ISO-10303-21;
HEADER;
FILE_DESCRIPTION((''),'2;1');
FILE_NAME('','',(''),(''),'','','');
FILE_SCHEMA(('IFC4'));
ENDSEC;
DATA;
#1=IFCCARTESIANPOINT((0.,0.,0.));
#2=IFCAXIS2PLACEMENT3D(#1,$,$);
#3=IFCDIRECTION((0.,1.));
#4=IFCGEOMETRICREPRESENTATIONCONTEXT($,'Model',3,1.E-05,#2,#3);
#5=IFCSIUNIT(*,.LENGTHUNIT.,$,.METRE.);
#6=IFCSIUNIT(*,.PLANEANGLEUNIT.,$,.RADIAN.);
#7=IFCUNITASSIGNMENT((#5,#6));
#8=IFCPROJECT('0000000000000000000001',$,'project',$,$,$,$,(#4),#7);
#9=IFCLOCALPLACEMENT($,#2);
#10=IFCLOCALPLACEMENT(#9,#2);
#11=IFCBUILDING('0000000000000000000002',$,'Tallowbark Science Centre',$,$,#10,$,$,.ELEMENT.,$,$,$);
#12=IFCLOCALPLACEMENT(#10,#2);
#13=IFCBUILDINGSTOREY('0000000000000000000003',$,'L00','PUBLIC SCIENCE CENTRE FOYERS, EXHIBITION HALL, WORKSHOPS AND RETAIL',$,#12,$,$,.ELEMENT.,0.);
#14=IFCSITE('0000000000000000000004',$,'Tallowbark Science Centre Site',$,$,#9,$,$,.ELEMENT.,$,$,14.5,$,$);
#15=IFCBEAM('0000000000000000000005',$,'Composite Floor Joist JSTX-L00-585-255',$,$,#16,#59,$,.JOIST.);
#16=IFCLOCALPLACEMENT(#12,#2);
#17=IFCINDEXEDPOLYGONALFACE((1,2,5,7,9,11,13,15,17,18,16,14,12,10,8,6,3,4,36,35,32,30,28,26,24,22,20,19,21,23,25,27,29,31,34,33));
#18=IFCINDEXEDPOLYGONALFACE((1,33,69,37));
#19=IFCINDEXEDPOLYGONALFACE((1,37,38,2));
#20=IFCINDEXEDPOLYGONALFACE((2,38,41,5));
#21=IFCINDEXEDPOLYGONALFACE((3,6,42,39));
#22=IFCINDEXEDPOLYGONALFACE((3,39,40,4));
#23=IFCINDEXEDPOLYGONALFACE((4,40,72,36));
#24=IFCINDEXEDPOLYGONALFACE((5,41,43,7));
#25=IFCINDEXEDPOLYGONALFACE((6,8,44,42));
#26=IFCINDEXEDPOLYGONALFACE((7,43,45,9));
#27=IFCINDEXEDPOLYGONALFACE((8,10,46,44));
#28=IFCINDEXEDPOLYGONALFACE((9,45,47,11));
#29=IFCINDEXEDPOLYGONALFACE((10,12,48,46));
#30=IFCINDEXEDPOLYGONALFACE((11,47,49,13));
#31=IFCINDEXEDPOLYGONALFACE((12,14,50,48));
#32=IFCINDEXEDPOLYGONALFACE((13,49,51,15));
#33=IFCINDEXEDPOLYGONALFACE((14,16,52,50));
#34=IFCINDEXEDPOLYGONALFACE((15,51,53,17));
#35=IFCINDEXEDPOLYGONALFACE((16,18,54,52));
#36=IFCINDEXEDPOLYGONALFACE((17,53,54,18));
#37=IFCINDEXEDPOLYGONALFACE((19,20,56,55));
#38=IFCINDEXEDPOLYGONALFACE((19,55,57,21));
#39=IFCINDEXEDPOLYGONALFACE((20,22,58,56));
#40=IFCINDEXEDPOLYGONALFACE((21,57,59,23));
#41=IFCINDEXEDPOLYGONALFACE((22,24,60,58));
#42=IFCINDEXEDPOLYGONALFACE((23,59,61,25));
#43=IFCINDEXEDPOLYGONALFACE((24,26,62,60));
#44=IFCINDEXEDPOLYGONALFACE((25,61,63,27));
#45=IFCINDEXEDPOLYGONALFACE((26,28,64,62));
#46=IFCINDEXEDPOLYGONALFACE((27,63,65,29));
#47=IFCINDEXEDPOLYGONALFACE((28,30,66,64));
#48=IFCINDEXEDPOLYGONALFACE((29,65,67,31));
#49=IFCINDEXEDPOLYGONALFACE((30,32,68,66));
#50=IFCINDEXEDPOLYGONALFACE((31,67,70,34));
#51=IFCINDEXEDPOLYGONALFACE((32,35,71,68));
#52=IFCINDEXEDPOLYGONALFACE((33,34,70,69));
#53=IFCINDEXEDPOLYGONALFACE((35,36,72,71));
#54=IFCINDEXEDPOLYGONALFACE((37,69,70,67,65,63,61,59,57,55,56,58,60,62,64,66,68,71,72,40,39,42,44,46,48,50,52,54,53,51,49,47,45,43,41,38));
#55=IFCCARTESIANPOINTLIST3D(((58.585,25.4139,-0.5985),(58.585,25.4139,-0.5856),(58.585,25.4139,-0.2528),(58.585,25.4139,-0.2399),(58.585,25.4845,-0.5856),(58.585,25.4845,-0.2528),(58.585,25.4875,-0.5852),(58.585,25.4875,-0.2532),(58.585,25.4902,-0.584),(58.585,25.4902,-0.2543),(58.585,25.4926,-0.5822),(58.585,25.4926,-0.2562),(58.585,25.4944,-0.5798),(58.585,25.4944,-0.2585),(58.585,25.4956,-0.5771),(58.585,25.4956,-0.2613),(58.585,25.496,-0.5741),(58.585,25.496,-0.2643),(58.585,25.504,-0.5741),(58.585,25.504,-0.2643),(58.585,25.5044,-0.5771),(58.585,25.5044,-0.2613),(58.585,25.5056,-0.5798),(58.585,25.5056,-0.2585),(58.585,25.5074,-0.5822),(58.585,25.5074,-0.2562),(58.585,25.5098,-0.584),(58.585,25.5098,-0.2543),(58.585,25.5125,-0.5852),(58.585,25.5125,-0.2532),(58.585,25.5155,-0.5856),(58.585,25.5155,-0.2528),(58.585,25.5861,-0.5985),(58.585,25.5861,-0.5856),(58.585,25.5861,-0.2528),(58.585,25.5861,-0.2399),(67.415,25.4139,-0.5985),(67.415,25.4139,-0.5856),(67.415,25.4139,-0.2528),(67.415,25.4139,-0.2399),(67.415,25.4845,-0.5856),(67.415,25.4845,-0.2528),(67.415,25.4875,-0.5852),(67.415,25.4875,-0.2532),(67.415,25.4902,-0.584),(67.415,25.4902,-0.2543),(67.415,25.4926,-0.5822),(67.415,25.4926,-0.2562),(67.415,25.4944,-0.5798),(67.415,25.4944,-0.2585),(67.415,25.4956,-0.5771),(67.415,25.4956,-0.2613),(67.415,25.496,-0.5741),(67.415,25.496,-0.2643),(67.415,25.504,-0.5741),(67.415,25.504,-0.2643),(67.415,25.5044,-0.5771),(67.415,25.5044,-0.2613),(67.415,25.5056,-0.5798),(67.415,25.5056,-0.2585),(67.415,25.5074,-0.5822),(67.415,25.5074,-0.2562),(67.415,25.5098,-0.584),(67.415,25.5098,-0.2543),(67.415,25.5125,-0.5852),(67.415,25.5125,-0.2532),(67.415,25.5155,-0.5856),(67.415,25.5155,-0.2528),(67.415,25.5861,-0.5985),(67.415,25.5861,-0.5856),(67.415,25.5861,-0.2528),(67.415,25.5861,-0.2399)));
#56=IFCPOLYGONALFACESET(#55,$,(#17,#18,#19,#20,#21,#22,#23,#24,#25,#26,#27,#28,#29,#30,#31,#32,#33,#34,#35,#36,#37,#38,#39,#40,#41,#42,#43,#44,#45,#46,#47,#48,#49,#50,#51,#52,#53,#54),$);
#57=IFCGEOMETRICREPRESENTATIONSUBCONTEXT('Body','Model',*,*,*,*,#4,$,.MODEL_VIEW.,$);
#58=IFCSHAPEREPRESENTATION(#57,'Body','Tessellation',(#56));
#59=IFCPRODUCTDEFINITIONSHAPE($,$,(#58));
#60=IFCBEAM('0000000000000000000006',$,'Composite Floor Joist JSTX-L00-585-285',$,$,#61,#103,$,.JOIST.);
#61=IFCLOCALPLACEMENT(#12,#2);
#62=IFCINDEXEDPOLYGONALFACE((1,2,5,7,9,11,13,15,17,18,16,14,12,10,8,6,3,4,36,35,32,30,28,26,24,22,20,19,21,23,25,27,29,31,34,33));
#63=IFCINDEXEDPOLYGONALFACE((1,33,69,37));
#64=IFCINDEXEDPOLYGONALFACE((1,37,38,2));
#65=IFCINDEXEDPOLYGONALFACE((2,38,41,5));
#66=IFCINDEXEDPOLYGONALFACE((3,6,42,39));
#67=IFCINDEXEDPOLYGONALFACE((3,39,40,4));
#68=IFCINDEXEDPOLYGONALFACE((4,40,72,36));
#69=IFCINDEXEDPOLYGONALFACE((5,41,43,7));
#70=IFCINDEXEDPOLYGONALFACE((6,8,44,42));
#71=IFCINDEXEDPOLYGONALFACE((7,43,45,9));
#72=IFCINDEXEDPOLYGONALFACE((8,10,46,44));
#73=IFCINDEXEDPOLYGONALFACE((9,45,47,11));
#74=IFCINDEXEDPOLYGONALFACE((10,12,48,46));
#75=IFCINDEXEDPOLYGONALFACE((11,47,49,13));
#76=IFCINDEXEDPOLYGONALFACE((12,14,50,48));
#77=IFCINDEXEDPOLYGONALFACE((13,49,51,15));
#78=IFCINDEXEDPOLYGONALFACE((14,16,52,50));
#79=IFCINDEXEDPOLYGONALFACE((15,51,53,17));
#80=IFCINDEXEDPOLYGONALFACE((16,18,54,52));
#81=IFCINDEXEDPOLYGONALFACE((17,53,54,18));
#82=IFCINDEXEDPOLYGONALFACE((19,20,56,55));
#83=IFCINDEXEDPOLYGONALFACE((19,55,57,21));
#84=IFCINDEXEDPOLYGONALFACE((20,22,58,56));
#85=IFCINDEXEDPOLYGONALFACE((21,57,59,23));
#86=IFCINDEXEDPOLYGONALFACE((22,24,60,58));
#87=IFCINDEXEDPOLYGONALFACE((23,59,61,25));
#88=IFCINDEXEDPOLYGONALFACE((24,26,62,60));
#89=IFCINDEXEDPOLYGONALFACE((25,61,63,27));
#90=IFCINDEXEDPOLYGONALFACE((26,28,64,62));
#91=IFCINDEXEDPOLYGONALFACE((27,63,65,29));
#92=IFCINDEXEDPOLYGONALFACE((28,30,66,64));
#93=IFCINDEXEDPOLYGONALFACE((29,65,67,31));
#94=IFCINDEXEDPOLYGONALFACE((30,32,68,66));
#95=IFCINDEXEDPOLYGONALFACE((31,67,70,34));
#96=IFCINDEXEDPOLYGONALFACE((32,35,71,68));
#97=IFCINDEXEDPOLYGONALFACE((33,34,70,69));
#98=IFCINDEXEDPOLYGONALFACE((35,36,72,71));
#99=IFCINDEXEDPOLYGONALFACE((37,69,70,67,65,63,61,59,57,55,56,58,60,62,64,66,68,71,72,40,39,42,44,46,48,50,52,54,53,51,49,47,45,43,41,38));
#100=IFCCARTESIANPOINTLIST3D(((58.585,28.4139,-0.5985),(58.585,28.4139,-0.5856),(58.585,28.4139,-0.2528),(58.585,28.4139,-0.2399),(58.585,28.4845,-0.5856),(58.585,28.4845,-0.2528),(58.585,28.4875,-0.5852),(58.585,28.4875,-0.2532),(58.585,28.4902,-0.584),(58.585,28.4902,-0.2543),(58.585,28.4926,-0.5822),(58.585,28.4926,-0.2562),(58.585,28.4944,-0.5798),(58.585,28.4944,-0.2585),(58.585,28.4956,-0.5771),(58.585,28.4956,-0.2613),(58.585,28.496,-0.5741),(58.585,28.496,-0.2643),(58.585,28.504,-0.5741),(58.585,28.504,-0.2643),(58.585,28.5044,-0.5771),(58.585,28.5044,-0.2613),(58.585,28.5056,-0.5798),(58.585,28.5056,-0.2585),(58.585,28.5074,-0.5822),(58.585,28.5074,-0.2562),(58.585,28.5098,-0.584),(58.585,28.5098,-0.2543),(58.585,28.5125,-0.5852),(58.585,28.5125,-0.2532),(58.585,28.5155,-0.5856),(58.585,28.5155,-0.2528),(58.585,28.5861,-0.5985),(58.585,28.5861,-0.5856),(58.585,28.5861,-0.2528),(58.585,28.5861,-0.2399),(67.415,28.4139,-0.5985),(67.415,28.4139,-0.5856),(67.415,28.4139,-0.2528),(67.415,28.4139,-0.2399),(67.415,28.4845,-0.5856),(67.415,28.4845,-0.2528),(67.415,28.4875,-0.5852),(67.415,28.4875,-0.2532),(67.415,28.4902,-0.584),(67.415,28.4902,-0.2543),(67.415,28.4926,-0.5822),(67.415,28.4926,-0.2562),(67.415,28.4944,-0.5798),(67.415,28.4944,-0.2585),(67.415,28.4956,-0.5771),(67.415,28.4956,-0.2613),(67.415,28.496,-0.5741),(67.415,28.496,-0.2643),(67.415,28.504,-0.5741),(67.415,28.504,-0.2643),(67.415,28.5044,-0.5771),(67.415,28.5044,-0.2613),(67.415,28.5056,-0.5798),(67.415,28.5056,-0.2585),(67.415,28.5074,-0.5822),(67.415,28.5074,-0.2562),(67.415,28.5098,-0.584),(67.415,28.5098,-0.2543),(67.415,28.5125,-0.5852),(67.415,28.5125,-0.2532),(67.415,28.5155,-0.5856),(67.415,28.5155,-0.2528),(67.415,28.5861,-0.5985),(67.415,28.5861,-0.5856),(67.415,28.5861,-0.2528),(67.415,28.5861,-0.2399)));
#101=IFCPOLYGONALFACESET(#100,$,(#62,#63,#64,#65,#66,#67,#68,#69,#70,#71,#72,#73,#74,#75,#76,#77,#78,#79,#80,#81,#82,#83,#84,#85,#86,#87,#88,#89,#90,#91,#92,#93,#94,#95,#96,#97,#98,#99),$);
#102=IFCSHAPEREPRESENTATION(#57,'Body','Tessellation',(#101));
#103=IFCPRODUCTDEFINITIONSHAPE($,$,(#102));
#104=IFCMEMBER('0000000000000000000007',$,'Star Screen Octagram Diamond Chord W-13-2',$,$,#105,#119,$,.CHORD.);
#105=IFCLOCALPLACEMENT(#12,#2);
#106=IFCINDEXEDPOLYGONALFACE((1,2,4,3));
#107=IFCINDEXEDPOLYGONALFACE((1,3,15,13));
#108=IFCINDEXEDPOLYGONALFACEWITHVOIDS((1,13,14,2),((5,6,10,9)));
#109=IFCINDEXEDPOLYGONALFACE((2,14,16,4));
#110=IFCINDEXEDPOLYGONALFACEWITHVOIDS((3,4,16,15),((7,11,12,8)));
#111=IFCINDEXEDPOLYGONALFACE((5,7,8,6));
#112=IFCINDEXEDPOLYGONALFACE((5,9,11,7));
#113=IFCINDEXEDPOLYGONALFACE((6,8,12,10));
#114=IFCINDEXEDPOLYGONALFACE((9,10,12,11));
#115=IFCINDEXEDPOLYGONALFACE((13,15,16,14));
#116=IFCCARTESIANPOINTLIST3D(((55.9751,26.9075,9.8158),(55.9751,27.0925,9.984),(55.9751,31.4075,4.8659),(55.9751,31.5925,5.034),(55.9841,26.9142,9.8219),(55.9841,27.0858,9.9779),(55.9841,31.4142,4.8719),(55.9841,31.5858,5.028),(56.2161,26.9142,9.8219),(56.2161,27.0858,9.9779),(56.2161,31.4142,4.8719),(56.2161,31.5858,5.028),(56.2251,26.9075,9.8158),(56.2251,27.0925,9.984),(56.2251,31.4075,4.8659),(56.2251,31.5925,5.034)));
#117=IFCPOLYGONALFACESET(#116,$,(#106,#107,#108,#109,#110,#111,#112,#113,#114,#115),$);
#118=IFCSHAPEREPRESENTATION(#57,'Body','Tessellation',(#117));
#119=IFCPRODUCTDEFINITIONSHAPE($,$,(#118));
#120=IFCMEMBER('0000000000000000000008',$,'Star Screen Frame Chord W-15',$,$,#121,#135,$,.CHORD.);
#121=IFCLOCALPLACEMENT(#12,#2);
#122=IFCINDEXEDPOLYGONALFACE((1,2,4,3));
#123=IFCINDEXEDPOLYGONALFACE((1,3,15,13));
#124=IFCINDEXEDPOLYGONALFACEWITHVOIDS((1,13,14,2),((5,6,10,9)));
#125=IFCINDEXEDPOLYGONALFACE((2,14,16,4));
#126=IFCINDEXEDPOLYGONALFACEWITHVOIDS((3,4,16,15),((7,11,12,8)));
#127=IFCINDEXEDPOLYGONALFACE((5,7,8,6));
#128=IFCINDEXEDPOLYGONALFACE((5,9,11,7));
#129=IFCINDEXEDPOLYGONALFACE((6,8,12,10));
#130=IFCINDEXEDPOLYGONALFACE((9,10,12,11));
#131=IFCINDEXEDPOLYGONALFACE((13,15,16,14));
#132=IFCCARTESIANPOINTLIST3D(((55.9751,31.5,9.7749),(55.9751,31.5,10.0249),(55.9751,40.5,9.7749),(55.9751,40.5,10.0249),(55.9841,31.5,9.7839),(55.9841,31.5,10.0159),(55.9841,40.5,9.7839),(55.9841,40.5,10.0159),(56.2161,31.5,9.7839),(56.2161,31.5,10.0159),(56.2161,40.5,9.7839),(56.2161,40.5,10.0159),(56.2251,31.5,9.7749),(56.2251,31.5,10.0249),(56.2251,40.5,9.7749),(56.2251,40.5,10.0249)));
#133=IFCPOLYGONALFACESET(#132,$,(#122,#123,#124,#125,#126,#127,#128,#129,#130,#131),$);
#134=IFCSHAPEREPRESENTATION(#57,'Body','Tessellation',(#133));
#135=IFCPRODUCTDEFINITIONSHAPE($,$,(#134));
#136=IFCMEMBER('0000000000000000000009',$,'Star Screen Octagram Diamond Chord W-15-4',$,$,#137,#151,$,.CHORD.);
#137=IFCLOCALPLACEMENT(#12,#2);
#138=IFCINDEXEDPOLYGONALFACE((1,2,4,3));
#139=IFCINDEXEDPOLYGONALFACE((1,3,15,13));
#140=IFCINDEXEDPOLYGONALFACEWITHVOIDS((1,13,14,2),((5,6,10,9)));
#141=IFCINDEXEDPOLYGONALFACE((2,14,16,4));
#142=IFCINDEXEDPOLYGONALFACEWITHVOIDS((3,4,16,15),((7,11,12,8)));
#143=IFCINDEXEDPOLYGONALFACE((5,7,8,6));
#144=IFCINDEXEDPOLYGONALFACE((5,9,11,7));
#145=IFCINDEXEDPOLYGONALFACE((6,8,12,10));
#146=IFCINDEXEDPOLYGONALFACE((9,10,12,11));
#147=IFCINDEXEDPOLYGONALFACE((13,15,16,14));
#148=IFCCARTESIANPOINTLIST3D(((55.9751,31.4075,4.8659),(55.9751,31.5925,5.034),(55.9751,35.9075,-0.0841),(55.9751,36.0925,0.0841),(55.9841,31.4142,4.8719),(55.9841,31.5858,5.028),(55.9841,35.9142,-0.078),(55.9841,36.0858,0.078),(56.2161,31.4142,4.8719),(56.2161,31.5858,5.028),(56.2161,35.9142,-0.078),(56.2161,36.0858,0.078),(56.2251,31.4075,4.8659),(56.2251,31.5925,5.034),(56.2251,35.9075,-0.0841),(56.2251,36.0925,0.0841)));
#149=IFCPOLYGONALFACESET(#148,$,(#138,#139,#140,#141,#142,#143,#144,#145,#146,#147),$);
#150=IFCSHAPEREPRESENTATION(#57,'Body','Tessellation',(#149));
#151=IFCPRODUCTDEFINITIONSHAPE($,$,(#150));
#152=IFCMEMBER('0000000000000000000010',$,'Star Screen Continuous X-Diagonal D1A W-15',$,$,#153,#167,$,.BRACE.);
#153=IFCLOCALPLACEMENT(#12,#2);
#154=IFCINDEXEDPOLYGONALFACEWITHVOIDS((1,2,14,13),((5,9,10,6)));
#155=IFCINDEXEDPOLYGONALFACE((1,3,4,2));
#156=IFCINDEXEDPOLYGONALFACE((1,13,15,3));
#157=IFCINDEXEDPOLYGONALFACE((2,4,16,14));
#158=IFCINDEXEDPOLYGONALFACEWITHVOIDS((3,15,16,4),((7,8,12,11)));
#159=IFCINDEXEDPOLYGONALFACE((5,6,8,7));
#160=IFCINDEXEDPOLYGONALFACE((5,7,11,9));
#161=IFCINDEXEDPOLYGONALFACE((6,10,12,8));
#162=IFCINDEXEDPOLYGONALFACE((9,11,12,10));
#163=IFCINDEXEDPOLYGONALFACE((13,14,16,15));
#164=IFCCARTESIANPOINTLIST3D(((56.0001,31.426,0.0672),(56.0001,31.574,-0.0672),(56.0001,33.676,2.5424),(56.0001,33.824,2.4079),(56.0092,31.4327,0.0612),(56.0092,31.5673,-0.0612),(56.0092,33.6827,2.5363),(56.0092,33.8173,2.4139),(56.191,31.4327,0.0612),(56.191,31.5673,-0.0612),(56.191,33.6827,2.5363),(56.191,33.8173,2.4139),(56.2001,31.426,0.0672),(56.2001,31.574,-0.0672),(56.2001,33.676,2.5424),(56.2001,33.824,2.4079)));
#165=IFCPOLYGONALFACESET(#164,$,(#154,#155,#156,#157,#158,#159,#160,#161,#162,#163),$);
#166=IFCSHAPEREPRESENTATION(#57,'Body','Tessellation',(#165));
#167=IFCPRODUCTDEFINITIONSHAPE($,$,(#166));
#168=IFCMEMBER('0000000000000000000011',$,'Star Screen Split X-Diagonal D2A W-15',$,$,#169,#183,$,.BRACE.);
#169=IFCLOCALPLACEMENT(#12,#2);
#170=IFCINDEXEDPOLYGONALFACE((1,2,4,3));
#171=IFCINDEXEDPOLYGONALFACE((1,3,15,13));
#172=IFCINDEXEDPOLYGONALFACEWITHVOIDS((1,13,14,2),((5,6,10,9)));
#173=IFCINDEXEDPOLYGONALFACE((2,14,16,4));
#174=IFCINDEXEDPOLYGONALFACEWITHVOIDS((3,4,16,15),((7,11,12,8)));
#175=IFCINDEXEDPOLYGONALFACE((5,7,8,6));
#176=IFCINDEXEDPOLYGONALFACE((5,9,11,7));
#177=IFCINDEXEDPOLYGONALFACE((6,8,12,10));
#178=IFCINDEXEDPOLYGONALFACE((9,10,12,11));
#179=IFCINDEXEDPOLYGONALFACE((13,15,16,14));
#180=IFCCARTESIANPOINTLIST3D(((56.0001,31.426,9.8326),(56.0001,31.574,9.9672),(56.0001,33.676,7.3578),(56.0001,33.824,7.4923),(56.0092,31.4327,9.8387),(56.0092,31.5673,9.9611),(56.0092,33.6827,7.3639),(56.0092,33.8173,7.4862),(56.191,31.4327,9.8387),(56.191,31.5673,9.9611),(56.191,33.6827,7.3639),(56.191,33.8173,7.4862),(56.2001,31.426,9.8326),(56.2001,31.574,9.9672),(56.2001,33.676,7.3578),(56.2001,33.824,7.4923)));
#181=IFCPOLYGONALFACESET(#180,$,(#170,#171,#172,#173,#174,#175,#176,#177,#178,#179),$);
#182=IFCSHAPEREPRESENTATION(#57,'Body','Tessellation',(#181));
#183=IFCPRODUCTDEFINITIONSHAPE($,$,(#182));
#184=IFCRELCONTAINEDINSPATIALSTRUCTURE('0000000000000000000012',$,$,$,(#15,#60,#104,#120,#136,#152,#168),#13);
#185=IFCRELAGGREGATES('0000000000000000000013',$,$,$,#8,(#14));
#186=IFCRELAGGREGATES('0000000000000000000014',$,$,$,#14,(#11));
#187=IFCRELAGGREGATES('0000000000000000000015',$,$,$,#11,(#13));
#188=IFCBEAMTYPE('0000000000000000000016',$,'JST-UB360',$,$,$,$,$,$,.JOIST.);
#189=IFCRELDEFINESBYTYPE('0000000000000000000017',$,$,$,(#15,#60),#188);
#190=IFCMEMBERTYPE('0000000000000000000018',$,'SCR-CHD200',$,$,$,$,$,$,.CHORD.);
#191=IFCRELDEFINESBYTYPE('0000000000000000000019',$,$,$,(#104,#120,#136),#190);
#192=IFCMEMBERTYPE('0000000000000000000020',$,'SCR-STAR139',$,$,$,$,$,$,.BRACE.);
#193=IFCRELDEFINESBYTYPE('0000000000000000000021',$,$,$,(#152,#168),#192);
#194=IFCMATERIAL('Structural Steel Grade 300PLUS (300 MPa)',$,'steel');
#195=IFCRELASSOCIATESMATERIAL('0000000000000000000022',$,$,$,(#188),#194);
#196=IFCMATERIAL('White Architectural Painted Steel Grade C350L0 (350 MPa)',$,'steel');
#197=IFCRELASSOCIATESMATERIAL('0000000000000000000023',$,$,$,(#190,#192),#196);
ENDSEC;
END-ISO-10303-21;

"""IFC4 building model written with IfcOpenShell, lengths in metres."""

from ifc_helpers import new_model, si_unit, direction, frame, origin, origin_2d, place, context, subcontext, project, spatial, hollow_rectangle, i_section, extrude, material, material_profile, profile_set, type_object, element, save


model = new_model("IFC4")

# Units and contexts
model_context = context("Model", 3, precision=1e-05, world=origin(), true_north=direction((0.0, 1.0)))
body_context = subcontext(model_context, "Body", "Model", "MODEL_VIEW")
ifc_project = project(units=[si_unit("LENGTHUNIT", "METRE"), si_unit("PLANEANGLEUNIT", "RADIAN")], contexts=[model_context])

# Site, building, storey
site_placement = place(None, origin())
site = spatial("IfcSite", under=ifc_project, at=site_placement, Name="Tallowbark Science Centre Site", CompositionType="ELEMENT", RefElevation=14.5)
building_placement = place(site_placement, origin())
building = spatial("IfcBuilding", under=site, at=building_placement, Name="Tallowbark Science Centre", CompositionType="ELEMENT")
storey_placement = place(building_placement, origin())
storey = spatial("IfcBuildingStorey", under=building, at=storey_placement, Name="L00", Description="PUBLIC SCIENCE CENTRE FOYERS, EXHIBITION HALL, WORKSHOPS AND RETAIL", CompositionType="ELEMENT", Elevation=0.0)

# Shared definitions
ifc_material_1 = material(Name="White Architectural Painted Steel Grade C350L0 (350 MPa)", Category="steel")
ifc_material_2 = material(Name="Structural Steel Grade 300PLUS (300 MPa)", Category="steel")

# Beams
ifc_material_profile_1 = material_profile(ifc_material_2, i_section(OverallWidth=0.1721, OverallDepth=0.3586, WebThickness=0.0081, FlangeThickness=0.0129, FilletRadius=0.0115, at=origin_2d()), Name="360UB56.7")
ifc_profile_set_1 = profile_set([ifc_material_profile_1], Name="Structural Steel Grade 300PLUS (300 MPa)")
beam_type_1 = type_object("IfcBeamType", Name="JST-UB360", PredefinedType="JOIST", material=ifc_profile_set_1)
for number, where, z_axis, x_axis, name in (
    (1, (58.585, 25.5, -0.4192), (1.0, 0.0, 0.0), (0.0, 1.0, 0.0), "Composite Floor Joist JSTX-L00-585-255"),
    (2, (58.585, 28.5, -0.4192), (1.0, 0.0, 0.0), (0.0, 1.0, 0.0), "Composite Floor Joist JSTX-L00-585-285"),
):
    element("IfcBeam", number, at=place(storey_placement, frame(where, z_axis=z_axis, x_axis=x_axis)), inside=storey, type_object=beam_type_1, Name=name, PredefinedType="JOIST", context=body_context, shape_type="SweptSolid", body=[
        extrude(i_section(OverallWidth=0.1721, OverallDepth=0.3586, WebThickness=0.0081, FlangeThickness=0.0129, FilletRadius=0.0115, at=origin_2d()), origin(), (0.0, 0.0, 1.0), 8.8301),
    ])

# Members
ifc_material_profile_2 = material_profile(ifc_material_1, hollow_rectangle(XDim=0.25, YDim=0.25, WallThickness=0.009, at=origin_2d()), Name="250x250x9.0SHS")
ifc_profile_set_2 = profile_set([ifc_material_profile_2], Name="White Architectural Painted Steel Grade C350L0 (350 MPa)")
member_type_1 = type_object("IfcMemberType", Name="SCR-CHD200", PredefinedType="CHORD", material=ifc_profile_set_2)
member_1_placement = place(storey_placement, frame((56.1001, 31.5, 4.95), z_axis=(0.0, -0.672676, 0.739937), x_axis=(1.0, 0.0, 0.0)))
element("IfcMember", 3, at=member_1_placement, inside=storey, type_object=member_type_1, Name="Star Screen Octagram Diamond Chord W-13-2", PredefinedType="CHORD", context=body_context, shape_type="SweptSolid", body=[
    extrude(hollow_rectangle(XDim=0.25, YDim=0.25, WallThickness=0.009, at=origin_2d()), origin(), (0.0, 0.0, 1.0), 6.6897),
])
member_2_placement = place(storey_placement, frame((56.1001, 31.5, 9.8999), z_axis=(0.0, 1.0, 0.0), x_axis=(-1.0, 0.0, 0.0)))
element("IfcMember", 4, at=member_2_placement, inside=storey, type_object=member_type_1, Name="Star Screen Frame Chord W-15", PredefinedType="CHORD", context=body_context, shape_type="SweptSolid", body=[
    extrude(hollow_rectangle(XDim=0.25, YDim=0.25, WallThickness=0.009, at=origin_2d()), origin(), (0.0, 0.0, 1.0), 9.0),
])
member_3_placement = place(storey_placement, frame((56.1001, 31.5, 4.95), z_axis=(0.0, 0.672676, -0.739937), x_axis=(-1.0, 0.0, 0.0)))
element("IfcMember", 5, at=member_3_placement, inside=storey, type_object=member_type_1, Name="Star Screen Octagram Diamond Chord W-15-4", PredefinedType="CHORD", context=body_context, shape_type="SweptSolid", body=[
    extrude(hollow_rectangle(XDim=0.25, YDim=0.25, WallThickness=0.009, at=origin_2d()), origin(), (0.0, 0.0, 1.0), 6.6897),
])
ifc_material_profile_3 = material_profile(ifc_material_1, hollow_rectangle(XDim=0.2, YDim=0.2, WallThickness=0.009, at=origin_2d()), Name="200x200x9.0SHS")
ifc_profile_set_3 = profile_set([ifc_material_profile_3], Name="White Architectural Painted Steel Grade C350L0 (350 MPa)")
member_type_2 = type_object("IfcMemberType", Name="SCR-STAR139", PredefinedType="BRACE", material=ifc_profile_set_3)
member_4_placement = place(storey_placement, frame((56.1001, 31.5, 0.0), z_axis=(0.0, 0.672658, 0.739953), x_axis=(-1.0, 0.0, 0.0)))
element("IfcMember", 6, at=member_4_placement, inside=storey, type_object=member_type_2, Name="Star Screen Continuous X-Diagonal D1A W-15", PredefinedType="BRACE", context=body_context, shape_type="SweptSolid", body=[
    extrude(hollow_rectangle(XDim=0.2, YDim=0.2, WallThickness=0.009, at=origin_2d()), origin(), (0.0, 0.0, 1.0), 3.345),
])
member_5_placement = place(storey_placement, frame((56.1001, 31.5, 9.8999), z_axis=(0.0, 0.672695, -0.73992), x_axis=(-1.0, 0.0, 0.0)))
element("IfcMember", 7, at=member_5_placement, inside=storey, type_object=member_type_2, Name="Star Screen Split X-Diagonal D2A W-15", PredefinedType="BRACE", context=body_context, shape_type="SweptSolid", body=[
    extrude(hollow_rectangle(XDim=0.2, YDim=0.2, WallThickness=0.009, at=origin_2d()), origin(), (0.0, 0.0, 1.0), 3.3447),
])

save(model, "model.ifc")
